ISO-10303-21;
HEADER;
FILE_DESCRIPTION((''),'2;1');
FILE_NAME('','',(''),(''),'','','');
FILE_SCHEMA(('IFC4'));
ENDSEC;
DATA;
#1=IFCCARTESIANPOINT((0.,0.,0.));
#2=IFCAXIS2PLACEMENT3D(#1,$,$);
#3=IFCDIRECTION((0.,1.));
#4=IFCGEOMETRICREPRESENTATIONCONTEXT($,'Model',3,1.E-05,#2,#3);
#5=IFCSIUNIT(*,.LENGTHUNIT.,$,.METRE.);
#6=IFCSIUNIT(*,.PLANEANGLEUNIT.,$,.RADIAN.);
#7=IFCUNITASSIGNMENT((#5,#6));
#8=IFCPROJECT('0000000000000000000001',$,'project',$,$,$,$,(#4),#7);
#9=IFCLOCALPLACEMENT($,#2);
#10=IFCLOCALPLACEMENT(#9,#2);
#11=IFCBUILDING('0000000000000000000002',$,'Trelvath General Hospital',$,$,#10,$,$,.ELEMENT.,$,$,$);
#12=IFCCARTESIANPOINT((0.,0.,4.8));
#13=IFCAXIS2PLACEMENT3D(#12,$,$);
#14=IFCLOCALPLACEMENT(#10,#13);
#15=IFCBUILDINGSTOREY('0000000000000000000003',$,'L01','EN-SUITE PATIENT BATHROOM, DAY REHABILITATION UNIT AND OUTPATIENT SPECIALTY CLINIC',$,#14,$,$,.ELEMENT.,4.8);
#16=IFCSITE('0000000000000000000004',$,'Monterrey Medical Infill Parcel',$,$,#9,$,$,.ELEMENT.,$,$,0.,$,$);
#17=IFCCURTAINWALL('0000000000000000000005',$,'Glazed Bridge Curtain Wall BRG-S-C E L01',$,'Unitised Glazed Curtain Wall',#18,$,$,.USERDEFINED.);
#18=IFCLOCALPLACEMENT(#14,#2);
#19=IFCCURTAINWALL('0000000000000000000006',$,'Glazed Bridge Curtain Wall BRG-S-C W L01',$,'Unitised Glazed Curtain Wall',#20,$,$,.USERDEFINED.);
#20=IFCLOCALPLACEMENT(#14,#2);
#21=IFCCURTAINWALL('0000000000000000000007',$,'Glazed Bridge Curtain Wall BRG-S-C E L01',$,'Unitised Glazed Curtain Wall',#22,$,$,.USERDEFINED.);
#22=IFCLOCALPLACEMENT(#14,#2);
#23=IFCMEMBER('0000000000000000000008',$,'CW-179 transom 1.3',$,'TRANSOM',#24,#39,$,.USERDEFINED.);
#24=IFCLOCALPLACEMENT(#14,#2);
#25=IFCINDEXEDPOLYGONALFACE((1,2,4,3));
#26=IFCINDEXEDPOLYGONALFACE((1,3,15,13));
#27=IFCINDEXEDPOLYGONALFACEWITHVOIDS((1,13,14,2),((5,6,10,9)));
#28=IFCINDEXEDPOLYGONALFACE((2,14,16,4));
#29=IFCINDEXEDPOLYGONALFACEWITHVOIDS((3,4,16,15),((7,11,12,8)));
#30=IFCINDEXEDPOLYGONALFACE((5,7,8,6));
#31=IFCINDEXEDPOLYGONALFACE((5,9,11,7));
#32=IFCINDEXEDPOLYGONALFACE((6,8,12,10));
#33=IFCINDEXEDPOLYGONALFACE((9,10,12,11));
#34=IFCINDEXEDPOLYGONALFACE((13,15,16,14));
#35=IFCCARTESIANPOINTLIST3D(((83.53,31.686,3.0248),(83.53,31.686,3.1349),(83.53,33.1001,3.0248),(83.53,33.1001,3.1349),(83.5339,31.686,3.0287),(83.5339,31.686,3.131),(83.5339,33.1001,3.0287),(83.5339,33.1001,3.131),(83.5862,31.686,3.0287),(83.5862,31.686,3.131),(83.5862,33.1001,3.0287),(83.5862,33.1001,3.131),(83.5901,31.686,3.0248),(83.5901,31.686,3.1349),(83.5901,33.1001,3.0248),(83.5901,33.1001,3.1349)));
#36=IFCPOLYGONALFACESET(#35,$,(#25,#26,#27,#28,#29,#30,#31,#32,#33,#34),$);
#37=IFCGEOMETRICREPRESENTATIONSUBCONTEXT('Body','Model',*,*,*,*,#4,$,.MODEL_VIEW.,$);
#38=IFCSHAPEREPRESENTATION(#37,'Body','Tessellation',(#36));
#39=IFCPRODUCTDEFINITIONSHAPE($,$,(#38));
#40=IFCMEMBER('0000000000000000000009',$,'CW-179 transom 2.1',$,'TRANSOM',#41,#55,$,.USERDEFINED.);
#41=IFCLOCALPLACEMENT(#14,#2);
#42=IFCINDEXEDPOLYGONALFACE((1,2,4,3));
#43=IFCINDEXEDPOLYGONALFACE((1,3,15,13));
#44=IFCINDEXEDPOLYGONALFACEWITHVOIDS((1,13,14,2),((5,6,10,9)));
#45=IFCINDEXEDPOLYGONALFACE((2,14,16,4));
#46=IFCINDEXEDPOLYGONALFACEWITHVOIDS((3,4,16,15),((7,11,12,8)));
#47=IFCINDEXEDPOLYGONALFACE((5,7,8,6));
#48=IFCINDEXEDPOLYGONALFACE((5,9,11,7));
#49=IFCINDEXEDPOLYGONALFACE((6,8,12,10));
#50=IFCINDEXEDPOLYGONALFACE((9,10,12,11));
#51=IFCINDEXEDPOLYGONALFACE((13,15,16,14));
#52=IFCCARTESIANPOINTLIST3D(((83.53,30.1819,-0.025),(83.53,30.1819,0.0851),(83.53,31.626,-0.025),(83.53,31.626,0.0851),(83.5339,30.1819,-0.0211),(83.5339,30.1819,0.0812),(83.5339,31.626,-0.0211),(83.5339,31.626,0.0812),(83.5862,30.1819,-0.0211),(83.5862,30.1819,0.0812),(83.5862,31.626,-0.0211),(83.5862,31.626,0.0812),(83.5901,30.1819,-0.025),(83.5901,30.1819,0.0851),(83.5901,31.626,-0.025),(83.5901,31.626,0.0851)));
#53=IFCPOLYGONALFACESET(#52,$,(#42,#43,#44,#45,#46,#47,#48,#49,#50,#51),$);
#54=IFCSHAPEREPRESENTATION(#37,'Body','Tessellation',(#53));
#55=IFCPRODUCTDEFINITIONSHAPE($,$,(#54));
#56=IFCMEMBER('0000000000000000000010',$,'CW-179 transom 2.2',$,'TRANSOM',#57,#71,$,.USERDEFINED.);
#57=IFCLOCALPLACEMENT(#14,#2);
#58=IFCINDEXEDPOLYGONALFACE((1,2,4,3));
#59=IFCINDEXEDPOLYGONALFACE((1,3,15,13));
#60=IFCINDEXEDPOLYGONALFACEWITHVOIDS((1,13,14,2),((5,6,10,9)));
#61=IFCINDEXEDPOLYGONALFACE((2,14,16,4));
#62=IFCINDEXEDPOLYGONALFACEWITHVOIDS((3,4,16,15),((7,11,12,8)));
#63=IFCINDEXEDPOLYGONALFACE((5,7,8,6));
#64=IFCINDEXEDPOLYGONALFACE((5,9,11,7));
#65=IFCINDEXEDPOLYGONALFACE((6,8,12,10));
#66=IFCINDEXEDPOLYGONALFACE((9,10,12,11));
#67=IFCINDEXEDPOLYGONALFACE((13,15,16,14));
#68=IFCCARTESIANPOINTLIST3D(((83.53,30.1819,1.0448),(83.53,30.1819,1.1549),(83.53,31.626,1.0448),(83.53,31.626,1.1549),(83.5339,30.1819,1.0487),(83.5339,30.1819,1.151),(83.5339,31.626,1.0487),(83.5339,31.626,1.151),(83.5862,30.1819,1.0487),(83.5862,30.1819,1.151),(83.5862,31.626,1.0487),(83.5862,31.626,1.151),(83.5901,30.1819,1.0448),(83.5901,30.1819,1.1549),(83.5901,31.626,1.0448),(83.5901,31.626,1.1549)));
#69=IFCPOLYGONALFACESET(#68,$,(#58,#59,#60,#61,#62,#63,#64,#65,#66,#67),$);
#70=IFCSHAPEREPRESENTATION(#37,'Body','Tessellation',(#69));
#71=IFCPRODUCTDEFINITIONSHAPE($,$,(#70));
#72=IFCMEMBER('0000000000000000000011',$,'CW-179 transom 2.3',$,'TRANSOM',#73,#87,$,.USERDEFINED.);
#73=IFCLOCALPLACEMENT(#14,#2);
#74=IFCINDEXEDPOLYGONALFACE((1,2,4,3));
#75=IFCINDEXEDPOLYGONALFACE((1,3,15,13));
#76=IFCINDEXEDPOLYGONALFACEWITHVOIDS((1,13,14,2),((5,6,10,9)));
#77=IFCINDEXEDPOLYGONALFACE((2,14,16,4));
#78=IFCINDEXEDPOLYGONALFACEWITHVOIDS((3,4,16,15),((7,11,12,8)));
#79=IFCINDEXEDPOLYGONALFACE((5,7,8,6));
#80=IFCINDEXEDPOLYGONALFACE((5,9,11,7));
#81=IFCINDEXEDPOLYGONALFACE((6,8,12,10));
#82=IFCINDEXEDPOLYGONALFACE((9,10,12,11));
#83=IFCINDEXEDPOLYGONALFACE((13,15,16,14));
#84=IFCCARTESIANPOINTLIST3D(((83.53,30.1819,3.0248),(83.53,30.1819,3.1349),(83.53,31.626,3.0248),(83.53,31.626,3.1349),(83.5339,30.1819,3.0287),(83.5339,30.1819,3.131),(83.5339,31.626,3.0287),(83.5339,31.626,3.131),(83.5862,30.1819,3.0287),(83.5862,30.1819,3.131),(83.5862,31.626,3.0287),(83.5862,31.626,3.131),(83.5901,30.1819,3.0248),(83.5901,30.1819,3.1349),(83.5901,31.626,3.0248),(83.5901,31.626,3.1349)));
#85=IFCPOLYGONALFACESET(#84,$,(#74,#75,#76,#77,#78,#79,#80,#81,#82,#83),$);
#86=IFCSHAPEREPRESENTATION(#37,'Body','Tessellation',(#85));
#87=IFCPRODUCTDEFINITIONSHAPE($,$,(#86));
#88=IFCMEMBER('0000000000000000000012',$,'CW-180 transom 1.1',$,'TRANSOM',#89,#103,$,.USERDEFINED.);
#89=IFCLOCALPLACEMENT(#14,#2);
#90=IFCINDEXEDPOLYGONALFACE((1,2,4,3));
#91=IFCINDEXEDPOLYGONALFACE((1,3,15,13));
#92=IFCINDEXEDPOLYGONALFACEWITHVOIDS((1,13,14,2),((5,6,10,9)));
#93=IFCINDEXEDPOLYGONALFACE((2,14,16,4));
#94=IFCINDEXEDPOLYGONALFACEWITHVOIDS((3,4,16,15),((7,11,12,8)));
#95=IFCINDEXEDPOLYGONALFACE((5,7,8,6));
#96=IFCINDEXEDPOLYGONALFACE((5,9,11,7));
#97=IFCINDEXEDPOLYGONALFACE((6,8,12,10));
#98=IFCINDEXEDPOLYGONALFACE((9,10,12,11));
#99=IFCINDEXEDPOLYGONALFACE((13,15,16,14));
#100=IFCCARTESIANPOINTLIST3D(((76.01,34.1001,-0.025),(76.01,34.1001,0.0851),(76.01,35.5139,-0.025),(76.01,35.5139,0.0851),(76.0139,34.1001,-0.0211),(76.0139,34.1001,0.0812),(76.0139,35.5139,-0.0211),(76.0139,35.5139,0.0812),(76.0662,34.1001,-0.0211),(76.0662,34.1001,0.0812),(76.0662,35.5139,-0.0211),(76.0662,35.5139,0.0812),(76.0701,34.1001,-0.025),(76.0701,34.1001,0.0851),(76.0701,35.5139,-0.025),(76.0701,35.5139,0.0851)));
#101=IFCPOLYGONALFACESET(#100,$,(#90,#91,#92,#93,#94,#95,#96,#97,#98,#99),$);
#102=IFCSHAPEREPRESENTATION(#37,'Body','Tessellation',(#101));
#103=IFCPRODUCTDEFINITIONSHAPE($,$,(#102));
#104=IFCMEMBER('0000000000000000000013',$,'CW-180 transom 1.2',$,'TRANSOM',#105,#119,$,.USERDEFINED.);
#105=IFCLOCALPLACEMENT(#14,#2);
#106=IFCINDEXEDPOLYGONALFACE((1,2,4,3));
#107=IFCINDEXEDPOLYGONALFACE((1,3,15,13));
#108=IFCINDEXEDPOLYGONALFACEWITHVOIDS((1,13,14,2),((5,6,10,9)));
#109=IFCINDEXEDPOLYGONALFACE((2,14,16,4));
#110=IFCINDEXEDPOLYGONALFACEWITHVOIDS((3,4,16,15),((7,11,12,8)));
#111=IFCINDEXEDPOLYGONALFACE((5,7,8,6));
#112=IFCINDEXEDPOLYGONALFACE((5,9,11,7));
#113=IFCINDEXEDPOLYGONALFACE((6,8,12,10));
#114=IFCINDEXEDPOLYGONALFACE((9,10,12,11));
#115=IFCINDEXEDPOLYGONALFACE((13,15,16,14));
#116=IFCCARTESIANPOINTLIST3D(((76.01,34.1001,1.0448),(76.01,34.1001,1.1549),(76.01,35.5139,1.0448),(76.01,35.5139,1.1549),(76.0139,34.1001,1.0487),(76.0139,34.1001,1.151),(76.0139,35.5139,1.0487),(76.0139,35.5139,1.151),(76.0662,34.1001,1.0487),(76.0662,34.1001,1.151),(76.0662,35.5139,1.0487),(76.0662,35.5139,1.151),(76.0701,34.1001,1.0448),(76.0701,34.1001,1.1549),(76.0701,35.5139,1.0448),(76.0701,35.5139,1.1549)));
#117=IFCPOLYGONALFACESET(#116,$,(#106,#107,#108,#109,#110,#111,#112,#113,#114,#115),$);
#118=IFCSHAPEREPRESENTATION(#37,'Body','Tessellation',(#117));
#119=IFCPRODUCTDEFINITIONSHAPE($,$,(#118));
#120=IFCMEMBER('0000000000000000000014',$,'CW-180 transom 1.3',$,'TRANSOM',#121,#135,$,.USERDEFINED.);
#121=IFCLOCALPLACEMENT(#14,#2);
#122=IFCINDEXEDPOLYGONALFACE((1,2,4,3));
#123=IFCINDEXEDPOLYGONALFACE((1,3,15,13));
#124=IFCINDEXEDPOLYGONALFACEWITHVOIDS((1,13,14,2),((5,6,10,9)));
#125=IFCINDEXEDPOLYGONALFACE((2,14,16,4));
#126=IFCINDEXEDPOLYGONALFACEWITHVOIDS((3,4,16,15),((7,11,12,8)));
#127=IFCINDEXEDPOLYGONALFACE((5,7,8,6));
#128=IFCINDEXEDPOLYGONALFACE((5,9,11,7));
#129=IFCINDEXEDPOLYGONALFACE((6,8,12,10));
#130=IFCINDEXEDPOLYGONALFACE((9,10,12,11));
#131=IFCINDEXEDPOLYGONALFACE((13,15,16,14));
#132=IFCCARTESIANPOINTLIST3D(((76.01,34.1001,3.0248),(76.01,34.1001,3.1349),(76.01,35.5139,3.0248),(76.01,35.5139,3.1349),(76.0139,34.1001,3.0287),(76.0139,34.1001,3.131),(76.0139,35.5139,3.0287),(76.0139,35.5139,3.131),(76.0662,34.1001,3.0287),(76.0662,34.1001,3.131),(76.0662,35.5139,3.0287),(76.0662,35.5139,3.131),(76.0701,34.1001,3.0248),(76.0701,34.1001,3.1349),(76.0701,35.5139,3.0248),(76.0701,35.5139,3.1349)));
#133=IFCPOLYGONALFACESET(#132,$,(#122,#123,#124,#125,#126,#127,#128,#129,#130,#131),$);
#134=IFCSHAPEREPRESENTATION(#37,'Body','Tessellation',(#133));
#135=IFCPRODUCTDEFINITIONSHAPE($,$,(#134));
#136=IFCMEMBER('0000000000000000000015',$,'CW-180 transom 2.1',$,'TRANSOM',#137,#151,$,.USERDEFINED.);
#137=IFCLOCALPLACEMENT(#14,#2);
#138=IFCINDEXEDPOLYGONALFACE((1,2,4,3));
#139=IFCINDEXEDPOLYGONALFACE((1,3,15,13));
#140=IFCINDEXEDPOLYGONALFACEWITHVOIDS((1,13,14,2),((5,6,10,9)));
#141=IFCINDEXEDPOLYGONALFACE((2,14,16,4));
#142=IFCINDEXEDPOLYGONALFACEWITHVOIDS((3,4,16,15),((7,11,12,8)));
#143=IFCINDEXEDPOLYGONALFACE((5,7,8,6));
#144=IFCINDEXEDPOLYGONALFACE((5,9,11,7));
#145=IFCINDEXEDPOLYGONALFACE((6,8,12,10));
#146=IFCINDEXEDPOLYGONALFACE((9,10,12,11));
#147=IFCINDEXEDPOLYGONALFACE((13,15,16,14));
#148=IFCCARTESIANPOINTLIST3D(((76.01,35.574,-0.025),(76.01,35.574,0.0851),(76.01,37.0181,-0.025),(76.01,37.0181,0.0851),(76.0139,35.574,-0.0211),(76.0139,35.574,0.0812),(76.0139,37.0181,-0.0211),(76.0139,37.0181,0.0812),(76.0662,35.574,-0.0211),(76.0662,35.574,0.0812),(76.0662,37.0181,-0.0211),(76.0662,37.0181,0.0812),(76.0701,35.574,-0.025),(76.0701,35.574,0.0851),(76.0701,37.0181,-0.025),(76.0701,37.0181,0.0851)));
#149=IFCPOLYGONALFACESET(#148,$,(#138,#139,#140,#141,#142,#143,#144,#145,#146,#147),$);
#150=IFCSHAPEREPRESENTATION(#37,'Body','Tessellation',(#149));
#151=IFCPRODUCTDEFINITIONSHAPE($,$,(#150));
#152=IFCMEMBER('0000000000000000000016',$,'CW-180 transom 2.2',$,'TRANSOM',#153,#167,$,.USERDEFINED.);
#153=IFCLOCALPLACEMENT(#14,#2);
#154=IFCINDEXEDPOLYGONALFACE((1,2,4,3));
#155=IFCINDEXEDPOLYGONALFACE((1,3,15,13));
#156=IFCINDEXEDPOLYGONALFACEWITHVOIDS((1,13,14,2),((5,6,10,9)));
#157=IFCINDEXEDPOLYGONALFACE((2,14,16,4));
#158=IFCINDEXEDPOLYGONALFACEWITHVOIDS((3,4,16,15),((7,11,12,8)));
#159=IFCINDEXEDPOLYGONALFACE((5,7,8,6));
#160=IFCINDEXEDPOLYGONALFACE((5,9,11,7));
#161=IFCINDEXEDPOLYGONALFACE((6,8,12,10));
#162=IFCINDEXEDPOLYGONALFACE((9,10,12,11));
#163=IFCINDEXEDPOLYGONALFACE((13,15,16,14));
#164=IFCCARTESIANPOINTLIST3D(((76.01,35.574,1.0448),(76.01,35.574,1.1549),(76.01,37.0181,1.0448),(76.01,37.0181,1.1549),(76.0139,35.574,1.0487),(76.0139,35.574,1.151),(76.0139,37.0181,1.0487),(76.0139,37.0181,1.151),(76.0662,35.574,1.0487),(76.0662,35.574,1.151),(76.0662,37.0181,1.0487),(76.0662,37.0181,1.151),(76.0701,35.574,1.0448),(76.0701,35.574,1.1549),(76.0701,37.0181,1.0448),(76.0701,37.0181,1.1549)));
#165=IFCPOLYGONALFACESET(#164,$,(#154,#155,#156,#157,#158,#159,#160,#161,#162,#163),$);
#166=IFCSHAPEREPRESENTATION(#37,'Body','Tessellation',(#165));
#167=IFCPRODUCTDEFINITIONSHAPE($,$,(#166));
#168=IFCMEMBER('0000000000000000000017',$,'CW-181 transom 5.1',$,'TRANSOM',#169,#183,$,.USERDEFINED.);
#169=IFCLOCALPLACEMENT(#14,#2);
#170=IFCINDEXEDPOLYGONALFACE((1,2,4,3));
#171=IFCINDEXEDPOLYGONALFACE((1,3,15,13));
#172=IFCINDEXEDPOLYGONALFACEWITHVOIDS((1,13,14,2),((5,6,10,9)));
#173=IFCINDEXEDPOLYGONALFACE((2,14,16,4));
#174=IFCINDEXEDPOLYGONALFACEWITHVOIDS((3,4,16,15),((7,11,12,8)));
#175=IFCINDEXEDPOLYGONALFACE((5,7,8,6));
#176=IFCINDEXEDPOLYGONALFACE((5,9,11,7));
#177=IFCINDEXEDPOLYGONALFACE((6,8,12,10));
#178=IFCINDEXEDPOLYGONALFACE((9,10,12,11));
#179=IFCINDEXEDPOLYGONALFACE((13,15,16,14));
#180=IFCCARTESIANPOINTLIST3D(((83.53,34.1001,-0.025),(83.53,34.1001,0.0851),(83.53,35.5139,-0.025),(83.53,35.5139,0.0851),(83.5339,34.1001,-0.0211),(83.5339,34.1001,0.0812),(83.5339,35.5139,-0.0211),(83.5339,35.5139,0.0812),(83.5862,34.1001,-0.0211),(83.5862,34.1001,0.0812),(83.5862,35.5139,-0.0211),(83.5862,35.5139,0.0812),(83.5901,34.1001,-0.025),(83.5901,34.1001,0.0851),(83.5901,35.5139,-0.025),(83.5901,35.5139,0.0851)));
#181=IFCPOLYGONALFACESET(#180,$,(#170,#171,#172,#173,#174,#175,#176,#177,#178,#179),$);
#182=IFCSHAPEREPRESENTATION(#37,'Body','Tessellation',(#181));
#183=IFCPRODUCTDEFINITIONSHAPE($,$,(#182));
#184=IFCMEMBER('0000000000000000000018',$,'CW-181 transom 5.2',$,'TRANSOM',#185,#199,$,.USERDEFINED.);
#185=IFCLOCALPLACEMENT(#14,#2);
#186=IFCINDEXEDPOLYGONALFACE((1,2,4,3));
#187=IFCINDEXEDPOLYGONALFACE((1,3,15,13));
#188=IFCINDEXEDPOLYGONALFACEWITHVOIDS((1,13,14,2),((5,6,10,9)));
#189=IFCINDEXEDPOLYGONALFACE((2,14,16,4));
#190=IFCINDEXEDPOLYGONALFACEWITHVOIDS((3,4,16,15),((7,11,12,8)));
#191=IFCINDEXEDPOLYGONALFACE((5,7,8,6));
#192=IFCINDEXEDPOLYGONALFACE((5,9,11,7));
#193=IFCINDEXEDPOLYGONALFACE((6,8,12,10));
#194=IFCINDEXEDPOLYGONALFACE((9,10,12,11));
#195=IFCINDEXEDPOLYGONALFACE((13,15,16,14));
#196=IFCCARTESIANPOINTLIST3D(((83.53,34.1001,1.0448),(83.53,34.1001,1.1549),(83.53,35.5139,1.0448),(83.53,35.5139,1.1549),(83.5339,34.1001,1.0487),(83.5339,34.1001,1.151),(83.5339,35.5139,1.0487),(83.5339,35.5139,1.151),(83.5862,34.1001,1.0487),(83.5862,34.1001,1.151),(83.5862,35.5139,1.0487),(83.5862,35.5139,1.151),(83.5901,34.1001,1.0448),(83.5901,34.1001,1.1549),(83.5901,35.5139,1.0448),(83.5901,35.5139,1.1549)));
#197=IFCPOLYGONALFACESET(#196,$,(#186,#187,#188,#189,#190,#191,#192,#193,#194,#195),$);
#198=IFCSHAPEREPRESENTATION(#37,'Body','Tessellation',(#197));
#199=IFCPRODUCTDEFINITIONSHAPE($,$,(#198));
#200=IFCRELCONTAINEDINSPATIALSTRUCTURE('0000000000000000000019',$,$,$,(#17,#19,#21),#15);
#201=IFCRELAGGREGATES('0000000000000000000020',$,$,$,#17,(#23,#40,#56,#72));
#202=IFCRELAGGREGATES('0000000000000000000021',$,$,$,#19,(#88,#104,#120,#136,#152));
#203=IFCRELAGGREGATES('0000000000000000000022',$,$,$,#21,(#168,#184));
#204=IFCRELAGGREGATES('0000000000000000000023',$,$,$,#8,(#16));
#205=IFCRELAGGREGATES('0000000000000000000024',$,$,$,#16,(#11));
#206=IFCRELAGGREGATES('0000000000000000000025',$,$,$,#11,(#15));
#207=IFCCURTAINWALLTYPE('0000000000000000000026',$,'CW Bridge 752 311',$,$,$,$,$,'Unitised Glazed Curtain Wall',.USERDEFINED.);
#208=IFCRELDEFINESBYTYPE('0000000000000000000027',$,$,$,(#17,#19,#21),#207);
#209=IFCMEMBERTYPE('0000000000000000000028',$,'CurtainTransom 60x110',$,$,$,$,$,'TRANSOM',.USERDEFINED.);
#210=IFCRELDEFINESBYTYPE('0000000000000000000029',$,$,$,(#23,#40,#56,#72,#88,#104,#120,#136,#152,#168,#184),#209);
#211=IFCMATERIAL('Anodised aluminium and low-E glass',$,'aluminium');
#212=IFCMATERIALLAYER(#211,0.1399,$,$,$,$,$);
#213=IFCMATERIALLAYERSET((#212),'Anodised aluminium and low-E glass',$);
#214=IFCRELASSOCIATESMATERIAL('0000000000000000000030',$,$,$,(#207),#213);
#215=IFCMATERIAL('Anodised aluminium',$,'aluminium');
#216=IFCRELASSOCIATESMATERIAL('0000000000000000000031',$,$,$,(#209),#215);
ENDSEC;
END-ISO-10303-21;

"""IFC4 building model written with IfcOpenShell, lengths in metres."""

from ifc_helpers import new_model, si_unit, direction, frame, origin, origin_2d, place, context, subcontext, project, spatial, hollow_rectangle, extrude, material, layer, layer_set, material_profile, profile_set, type_object, element, aggregate, save


model = new_model("IFC4")

# Units and contexts
model_context = context("Model", 3, precision=1e-05, world=origin(), true_north=direction((0.0, 1.0)))
body_context = subcontext(model_context, "Body", "Model", "MODEL_VIEW")
ifc_project = project(units=[si_unit("LENGTHUNIT", "METRE"), si_unit("PLANEANGLEUNIT", "RADIAN")], contexts=[model_context])

# Site, building, storey
site_placement = place(None, origin())
site = spatial("IfcSite", under=ifc_project, at=site_placement, Name="Monterrey Medical Infill Parcel", CompositionType="ELEMENT", RefElevation=0.0)
building_placement = place(site_placement, origin())
building = spatial("IfcBuilding", under=site, at=building_placement, Name="Trelvath General Hospital", CompositionType="ELEMENT")
storey_placement = place(building_placement, frame((0.0, 0.0, 4.8)))
storey = spatial("IfcBuildingStorey", under=building, at=storey_placement, Name="L01", Description="EN-SUITE PATIENT BATHROOM, DAY REHABILITATION UNIT AND OUTPATIENT SPECIALTY CLINIC", CompositionType="ELEMENT", Elevation=4.8)

# Shared definitions
ifc_material_1 = material(Name="Anodised aluminium and low-E glass", Category="aluminium")
ifc_layer_1 = layer(ifc_material_1, 0.1399)
ifc_layer_set_1 = layer_set([ifc_layer_1], Name="Anodised aluminium and low-E glass")
curtain_wall_type = type_object("IfcCurtainWallType", Name="CW Bridge 752 311", ElementType="Unitised Glazed Curtain Wall", PredefinedType="USERDEFINED", material=ifc_layer_set_1)

# Curtain walls
curtain_wall_1_placement = place(storey_placement, origin())
curtain_wall_1 = element("IfcCurtainWall", 1, at=curtain_wall_1_placement, inside=storey, type_object=curtain_wall_type, Name="Glazed Bridge Curtain Wall BRG-S-C E L01", ObjectType="Unitised Glazed Curtain Wall", PredefinedType="USERDEFINED")
curtain_wall_2_placement = place(storey_placement, origin())
curtain_wall_2 = element("IfcCurtainWall", 2, at=curtain_wall_2_placement, inside=storey, type_object=curtain_wall_type, Name="Glazed Bridge Curtain Wall BRG-S-C W L01", ObjectType="Unitised Glazed Curtain Wall", PredefinedType="USERDEFINED")
curtain_wall_3_placement = place(storey_placement, origin())
curtain_wall_3 = element("IfcCurtainWall", 3, at=curtain_wall_3_placement, inside=storey, type_object=curtain_wall_type, Name="Glazed Bridge Curtain Wall BRG-S-C E L01", ObjectType="Unitised Glazed Curtain Wall", PredefinedType="USERDEFINED")

# Members
ifc_material_2 = material(Name="Anodised aluminium", Category="aluminium")
ifc_material_profile_1 = material_profile(ifc_material_2, hollow_rectangle(XDim=0.0601, YDim=0.1101, WallThickness=0.0039, at=origin_2d()), Name="RHS60x110x4")
ifc_profile_set_1 = profile_set([ifc_material_profile_1], Name="Anodised aluminium")
member_type_1 = type_object("IfcMemberType", Name="CurtainTransom 60x110", ElementType="TRANSOM", PredefinedType="USERDEFINED", material=ifc_profile_set_1)
member_1_placement = place(storey_placement, frame((83.5601, 33.1001, 3.0798), z_axis=(0.0, -1.0, 0.0), x_axis=(1.0, 0.0, 0.0)))
member_1 = element("IfcMember", 4, at=member_1_placement, type_object=member_type_1, Name="CW-179 transom 1.3", ObjectType="TRANSOM", PredefinedType="USERDEFINED", context=body_context, shape_type="SweptSolid", body=[
    extrude(hollow_rectangle(XDim=0.0601, YDim=0.1101, WallThickness=0.0039, at=origin_2d()), origin(), (0.0, 0.0, 1.0), 1.4141),
])
member_2_placement = place(storey_placement, frame((83.5601, 31.626, 0.03), z_axis=(0.0, -1.0, 0.0), x_axis=(1.0, 0.0, 0.0)))
member_2 = element("IfcMember", 5, at=member_2_placement, type_object=member_type_1, Name="CW-179 transom 2.1", ObjectType="TRANSOM", PredefinedType="USERDEFINED", context=body_context, shape_type="SweptSolid", body=[
    extrude(hollow_rectangle(XDim=0.0601, YDim=0.1101, WallThickness=0.0039, at=origin_2d()), origin(), (0.0, 0.0, 1.0), 1.4441),
])
member_3_placement = place(storey_placement, frame((83.5601, 31.626, 1.0999), z_axis=(0.0, -1.0, 0.0), x_axis=(1.0, 0.0, 0.0)))
member_3 = element("IfcMember", 6, at=member_3_placement, type_object=member_type_1, Name="CW-179 transom 2.2", ObjectType="TRANSOM", PredefinedType="USERDEFINED", context=body_context, shape_type="SweptSolid", body=[
    extrude(hollow_rectangle(XDim=0.0601, YDim=0.1101, WallThickness=0.0039, at=origin_2d()), origin(), (0.0, 0.0, 1.0), 1.4441),
])
member_4_placement = place(storey_placement, frame((83.5601, 31.626, 3.0798), z_axis=(0.0, -1.0, 0.0), x_axis=(1.0, 0.0, 0.0)))
member_4 = element("IfcMember", 7, at=member_4_placement, type_object=member_type_1, Name="CW-179 transom 2.3", ObjectType="TRANSOM", PredefinedType="USERDEFINED", context=body_context, shape_type="SweptSolid", body=[
    extrude(hollow_rectangle(XDim=0.0601, YDim=0.1101, WallThickness=0.0039, at=origin_2d()), origin(), (0.0, 0.0, 1.0), 1.4441),
])
member_5_placement = place(storey_placement, frame((76.04, 34.1001, 0.03), z_axis=(0.0, 1.0, 0.0), x_axis=(-1.0, 0.0, 0.0)))
member_5 = element("IfcMember", 8, at=member_5_placement, type_object=member_type_1, Name="CW-180 transom 1.1", ObjectType="TRANSOM", PredefinedType="USERDEFINED", context=body_context, shape_type="SweptSolid", body=[
    extrude(hollow_rectangle(XDim=0.0601, YDim=0.1101, WallThickness=0.0039, at=origin_2d()), origin(), (0.0, 0.0, 1.0), 1.4138),
])
member_6_placement = place(storey_placement, frame((76.04, 34.1001, 1.0999), z_axis=(0.0, 1.0, 0.0), x_axis=(-1.0, 0.0, 0.0)))
member_6 = element("IfcMember", 9, at=member_6_placement, type_object=member_type_1, Name="CW-180 transom 1.2", ObjectType="TRANSOM", PredefinedType="USERDEFINED", context=body_context, shape_type="SweptSolid", body=[
    extrude(hollow_rectangle(XDim=0.0601, YDim=0.1101, WallThickness=0.0039, at=origin_2d()), origin(), (0.0, 0.0, 1.0), 1.4138),
])
member_7_placement = place(storey_placement, frame((76.04, 34.1001, 3.0798), z_axis=(0.0, 1.0, 0.0), x_axis=(-1.0, 0.0, 0.0)))
member_7 = element("IfcMember", 10, at=member_7_placement, type_object=member_type_1, Name="CW-180 transom 1.3", ObjectType="TRANSOM", PredefinedType="USERDEFINED", context=body_context, shape_type="SweptSolid", body=[
    extrude(hollow_rectangle(XDim=0.0601, YDim=0.1101, WallThickness=0.0039, at=origin_2d()), origin(), (0.0, 0.0, 1.0), 1.4138),
])
member_8_placement = place(storey_placement, frame((76.04, 35.574, 0.03), z_axis=(0.0, 1.0, 0.0), x_axis=(-1.0, 0.0, 0.0)))
member_8 = element("IfcMember", 11, at=member_8_placement, type_object=member_type_1, Name="CW-180 transom 2.1", ObjectType="TRANSOM", PredefinedType="USERDEFINED", context=body_context, shape_type="SweptSolid", body=[
    extrude(hollow_rectangle(XDim=0.0601, YDim=0.1101, WallThickness=0.0039, at=origin_2d()), origin(), (0.0, 0.0, 1.0), 1.4441),
])
member_9_placement = place(storey_placement, frame((76.04, 35.574, 1.0999), z_axis=(0.0, 1.0, 0.0), x_axis=(-1.0, 0.0, 0.0)))
member_9 = element("IfcMember", 12, at=member_9_placement, type_object=member_type_1, Name="CW-180 transom 2.2", ObjectType="TRANSOM", PredefinedType="USERDEFINED", context=body_context, shape_type="SweptSolid", body=[
    extrude(hollow_rectangle(XDim=0.0601, YDim=0.1101, WallThickness=0.0039, at=origin_2d()), origin(), (0.0, 0.0, 1.0), 1.4441),
])
member_10_placement = place(storey_placement, frame((83.5601, 35.5139, 0.03), z_axis=(0.0, -1.0, 0.0), x_axis=(1.0, 0.0, 0.0)))
member_10 = element("IfcMember", 13, at=member_10_placement, type_object=member_type_1, Name="CW-181 transom 5.1", ObjectType="TRANSOM", PredefinedType="USERDEFINED", context=body_context, shape_type="SweptSolid", body=[
    extrude(hollow_rectangle(XDim=0.0601, YDim=0.1101, WallThickness=0.0039, at=origin_2d()), origin(), (0.0, 0.0, 1.0), 1.4138),
])
member_11_placement = place(storey_placement, frame((83.5601, 35.5139, 1.0999), z_axis=(0.0, -1.0, 0.0), x_axis=(1.0, 0.0, 0.0)))
member_11 = element("IfcMember", 14, at=member_11_placement, type_object=member_type_1, Name="CW-181 transom 5.2", ObjectType="TRANSOM", PredefinedType="USERDEFINED", context=body_context, shape_type="SweptSolid", body=[
    extrude(hollow_rectangle(XDim=0.0601, YDim=0.1101, WallThickness=0.0039, at=origin_2d()), origin(), (0.0, 0.0, 1.0), 1.4138),
])

aggregate(curtain_wall_1, [member_1, member_2, member_3, member_4])
aggregate(curtain_wall_2, [member_5, member_6, member_7, member_8, member_9])
aggregate(curtain_wall_3, [member_10, member_11])

save(model, "model.ifc")
